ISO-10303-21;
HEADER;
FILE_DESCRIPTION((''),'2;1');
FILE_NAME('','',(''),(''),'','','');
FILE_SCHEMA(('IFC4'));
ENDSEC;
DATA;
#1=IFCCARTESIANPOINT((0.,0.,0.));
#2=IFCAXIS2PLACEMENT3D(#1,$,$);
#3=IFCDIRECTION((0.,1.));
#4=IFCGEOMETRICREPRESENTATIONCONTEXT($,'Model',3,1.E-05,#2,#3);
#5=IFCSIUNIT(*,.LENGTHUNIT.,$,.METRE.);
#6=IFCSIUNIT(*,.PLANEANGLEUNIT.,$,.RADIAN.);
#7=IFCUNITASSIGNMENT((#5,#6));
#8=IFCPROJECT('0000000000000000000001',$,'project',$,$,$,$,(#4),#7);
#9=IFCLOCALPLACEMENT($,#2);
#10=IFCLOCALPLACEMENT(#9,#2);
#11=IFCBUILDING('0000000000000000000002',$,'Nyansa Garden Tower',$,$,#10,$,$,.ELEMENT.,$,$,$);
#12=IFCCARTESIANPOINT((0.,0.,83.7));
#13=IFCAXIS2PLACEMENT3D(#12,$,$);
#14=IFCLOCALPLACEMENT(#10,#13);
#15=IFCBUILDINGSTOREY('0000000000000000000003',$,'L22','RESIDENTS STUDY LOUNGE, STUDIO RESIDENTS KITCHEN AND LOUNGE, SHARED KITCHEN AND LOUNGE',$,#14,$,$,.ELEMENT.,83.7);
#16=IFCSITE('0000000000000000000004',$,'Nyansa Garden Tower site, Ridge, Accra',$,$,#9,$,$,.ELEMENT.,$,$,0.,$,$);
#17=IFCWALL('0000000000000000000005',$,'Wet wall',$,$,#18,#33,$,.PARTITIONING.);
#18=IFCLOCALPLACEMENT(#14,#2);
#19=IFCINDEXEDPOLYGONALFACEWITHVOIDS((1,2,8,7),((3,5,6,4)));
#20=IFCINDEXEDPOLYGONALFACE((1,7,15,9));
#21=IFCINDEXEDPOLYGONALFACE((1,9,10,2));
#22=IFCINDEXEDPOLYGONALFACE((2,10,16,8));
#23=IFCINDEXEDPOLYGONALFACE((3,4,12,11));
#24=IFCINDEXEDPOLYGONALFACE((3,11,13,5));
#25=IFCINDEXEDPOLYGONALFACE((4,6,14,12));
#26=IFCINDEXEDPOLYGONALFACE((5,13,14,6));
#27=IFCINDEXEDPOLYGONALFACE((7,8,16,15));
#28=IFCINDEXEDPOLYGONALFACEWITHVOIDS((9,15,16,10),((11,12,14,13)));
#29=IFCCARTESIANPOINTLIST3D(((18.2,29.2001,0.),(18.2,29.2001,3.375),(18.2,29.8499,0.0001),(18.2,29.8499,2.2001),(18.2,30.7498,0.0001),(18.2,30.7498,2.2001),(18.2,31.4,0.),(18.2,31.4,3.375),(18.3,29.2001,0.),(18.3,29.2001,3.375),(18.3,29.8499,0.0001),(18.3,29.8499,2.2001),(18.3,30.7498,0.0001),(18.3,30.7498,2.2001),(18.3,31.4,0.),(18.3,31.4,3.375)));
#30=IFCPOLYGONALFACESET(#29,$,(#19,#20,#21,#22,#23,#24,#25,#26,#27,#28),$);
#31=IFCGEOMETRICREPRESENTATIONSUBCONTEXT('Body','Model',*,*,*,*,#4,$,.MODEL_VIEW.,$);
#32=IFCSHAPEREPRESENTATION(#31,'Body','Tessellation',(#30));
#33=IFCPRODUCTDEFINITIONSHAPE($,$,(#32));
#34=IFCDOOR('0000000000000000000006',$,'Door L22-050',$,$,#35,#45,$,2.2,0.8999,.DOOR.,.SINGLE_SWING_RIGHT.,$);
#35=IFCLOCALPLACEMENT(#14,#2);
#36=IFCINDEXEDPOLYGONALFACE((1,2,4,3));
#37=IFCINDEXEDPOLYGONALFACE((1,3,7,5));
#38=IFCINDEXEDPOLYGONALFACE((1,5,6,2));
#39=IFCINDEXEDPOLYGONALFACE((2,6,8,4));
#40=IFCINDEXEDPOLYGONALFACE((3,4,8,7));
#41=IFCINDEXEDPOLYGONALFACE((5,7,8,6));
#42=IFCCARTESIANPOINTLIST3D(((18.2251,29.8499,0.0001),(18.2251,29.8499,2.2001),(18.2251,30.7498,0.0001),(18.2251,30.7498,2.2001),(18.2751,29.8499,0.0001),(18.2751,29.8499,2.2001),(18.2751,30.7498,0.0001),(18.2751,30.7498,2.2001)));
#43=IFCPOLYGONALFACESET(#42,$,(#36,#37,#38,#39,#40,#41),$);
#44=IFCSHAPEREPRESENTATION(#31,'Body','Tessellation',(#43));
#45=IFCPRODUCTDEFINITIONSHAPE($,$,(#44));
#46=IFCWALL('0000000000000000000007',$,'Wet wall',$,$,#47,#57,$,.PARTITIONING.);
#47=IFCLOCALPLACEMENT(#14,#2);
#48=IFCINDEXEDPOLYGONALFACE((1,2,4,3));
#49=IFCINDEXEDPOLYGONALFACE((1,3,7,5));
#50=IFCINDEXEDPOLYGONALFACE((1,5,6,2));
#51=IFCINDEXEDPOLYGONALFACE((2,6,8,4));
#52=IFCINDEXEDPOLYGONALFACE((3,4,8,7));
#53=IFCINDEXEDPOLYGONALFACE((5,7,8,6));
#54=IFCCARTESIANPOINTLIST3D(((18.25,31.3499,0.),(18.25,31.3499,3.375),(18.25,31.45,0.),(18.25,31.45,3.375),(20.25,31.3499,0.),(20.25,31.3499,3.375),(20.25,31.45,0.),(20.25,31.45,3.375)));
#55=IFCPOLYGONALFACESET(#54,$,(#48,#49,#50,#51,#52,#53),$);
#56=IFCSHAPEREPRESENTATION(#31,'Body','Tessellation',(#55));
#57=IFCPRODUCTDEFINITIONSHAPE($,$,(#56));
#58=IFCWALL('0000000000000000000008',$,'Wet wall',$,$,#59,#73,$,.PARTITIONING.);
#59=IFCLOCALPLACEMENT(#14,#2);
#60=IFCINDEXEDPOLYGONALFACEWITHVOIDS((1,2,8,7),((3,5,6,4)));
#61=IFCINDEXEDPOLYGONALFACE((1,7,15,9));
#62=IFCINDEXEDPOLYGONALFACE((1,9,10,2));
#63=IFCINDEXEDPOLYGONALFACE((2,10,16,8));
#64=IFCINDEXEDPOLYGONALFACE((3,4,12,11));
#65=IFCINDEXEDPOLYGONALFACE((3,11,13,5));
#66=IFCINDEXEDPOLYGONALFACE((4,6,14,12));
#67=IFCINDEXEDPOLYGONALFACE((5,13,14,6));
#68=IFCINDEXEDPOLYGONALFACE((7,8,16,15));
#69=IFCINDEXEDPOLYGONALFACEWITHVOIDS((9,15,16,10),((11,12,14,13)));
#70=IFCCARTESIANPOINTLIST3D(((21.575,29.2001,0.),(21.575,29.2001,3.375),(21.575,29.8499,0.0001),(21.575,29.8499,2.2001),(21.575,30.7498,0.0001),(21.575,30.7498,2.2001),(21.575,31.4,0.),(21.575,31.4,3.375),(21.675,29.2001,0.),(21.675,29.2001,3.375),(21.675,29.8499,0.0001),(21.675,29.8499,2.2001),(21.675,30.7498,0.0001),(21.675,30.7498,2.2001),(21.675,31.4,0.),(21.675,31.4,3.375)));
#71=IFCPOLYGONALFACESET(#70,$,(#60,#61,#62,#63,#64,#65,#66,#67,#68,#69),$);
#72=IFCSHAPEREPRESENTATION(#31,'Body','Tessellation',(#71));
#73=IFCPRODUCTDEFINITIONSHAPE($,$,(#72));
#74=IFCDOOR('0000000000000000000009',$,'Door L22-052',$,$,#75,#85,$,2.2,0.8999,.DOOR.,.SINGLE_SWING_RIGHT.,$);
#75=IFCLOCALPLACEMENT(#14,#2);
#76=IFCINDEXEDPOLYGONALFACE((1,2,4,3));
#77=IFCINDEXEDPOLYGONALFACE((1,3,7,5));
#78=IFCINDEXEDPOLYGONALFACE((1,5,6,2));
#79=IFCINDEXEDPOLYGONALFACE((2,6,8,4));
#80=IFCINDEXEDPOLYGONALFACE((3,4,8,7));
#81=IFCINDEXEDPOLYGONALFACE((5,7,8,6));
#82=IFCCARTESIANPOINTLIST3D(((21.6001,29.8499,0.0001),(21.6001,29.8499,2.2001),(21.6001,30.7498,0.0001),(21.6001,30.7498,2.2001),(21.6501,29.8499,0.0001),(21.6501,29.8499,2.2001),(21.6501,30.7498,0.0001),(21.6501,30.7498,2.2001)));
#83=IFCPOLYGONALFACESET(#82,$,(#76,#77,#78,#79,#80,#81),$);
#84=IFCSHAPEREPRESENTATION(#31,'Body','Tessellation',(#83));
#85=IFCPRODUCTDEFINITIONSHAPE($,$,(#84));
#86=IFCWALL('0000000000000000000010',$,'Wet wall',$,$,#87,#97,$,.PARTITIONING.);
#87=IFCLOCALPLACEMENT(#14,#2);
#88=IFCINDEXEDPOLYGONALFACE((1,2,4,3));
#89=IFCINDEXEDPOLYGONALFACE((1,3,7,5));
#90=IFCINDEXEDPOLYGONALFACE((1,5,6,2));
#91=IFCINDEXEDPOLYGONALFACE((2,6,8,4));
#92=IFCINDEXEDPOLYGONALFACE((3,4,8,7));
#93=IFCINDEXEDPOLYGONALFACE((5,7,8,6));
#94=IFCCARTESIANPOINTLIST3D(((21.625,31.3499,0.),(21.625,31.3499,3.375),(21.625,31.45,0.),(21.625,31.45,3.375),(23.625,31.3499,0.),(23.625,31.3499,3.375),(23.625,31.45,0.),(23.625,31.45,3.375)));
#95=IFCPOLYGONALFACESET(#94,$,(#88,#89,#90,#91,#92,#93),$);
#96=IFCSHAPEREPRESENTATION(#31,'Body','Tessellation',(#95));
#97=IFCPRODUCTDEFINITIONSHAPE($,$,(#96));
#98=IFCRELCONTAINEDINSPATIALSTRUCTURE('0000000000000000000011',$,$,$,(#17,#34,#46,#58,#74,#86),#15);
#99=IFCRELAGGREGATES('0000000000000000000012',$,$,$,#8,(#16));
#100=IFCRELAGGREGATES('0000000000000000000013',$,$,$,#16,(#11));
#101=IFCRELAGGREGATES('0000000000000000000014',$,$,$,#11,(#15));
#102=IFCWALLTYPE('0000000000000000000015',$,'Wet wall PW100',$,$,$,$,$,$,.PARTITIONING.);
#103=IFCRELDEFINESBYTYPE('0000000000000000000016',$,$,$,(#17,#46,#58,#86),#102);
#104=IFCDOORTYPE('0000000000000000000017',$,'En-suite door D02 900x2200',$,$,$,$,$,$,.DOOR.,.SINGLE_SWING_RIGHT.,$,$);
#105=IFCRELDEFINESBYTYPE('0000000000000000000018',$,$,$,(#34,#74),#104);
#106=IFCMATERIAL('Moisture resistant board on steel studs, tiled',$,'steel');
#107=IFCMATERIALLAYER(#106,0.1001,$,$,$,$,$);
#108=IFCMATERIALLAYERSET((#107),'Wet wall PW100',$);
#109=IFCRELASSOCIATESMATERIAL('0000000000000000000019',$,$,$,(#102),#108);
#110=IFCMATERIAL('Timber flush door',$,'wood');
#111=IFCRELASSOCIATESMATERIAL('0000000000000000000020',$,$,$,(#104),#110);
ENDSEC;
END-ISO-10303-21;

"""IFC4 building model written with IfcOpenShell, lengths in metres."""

from ifc_helpers import new_model, si_unit, direction, frame, frame_2d, origin, place, context, subcontext, project, spatial, rectangle, extrude, material, layer, layer_set, type_object, element, fill, save


model = new_model("IFC4")

# Units and contexts
model_context = context("Model", 3, precision=1e-05, world=origin(), true_north=direction((0.0, 1.0)))
body_context = subcontext(model_context, "Body", "Model", "MODEL_VIEW")
ifc_project = project(units=[si_unit("LENGTHUNIT", "METRE"), si_unit("PLANEANGLEUNIT", "RADIAN")], contexts=[model_context])

# Site, building, storey
site_placement = place(None, origin())
site = spatial("IfcSite", under=ifc_project, at=site_placement, Name="Nyansa Garden Tower site, Ridge, Accra", CompositionType="ELEMENT", RefElevation=0.0)
building_placement = place(site_placement, origin())
building = spatial("IfcBuilding", under=site, at=building_placement, Name="Nyansa Garden Tower", CompositionType="ELEMENT")
storey_placement = place(building_placement, frame((0.0, 0.0, 83.7)))
storey = spatial("IfcBuildingStorey", under=building, at=storey_placement, Name="L22", Description="RESIDENTS STUDY LOUNGE, STUDIO RESIDENTS KITCHEN AND LOUNGE, SHARED KITCHEN AND LOUNGE", CompositionType="ELEMENT", Elevation=83.7)

# Wall, opening, door
ifc_material_1 = material(Name="Moisture resistant board on steel studs, tiled", Category="steel")
ifc_layer_1 = layer(ifc_material_1, 0.1001)
ifc_layer_set_1 = layer_set([ifc_layer_1], Name="Wet wall PW100")
wall_type_1 = type_object("IfcWallType", Name="Wet wall PW100", PredefinedType="PARTITIONING", material=ifc_layer_set_1)
wall_1_placement = place(storey_placement, frame((18.25, 29.2, 0.0), z_axis=(0.0, 0.0, 1.0), x_axis=(0.0, 1.0, 0.0)))
wall_1 = element("IfcWall", 1, at=wall_1_placement, inside=storey, type_object=wall_type_1, Name="Wet wall", PredefinedType="PARTITIONING", context=body_context, shape_type="SweptSolid", body=[
    extrude(rectangle(XDim=2.2, YDim=0.1001, at=frame_2d((1.1001, 0.0))), origin(), (0.0, 0.0, 1.0), 3.375),
])
opening_1_placement = place(wall_1_placement, frame((0.6499, 0.0, 0.0)))
opening_1 = element("IfcOpeningElement", 2, at=opening_1_placement, cuts=wall_1, PredefinedType="OPENING", context=body_context, shape_type="SweptSolid", body=[
    extrude(rectangle(XDim=0.8999, YDim=2.2, at=frame_2d((0.45, 1.1001))), frame((0.0, 0.0601, 0.0), z_axis=(0.0, -1.0, 0.0), x_axis=(1.0, 0.0, 0.0)), (0.0, 0.0, 1.0), 0.1201),
])
ifc_material_2 = material(Name="Timber flush door", Category="wood")
door_type_1 = type_object("IfcDoorType", Name="En-suite door D02 900x2200", OperationType="SINGLE_SWING_RIGHT", PredefinedType="DOOR", material=ifc_material_2)
door_1_placement = place(opening_1_placement, origin())
door_1 = element("IfcDoor", 3, at=door_1_placement, inside=storey, type_object=door_type_1, Name="Door L22-050", OperationType="SINGLE_SWING_RIGHT", OverallHeight=2.2, OverallWidth=0.8999, PredefinedType="DOOR", context=body_context, shape_type="SweptSolid", body=[
    extrude(rectangle(XDim=0.8999, YDim=2.2, at=frame_2d((0.45, 1.1001))), frame((0.0, 0.0249, 0.0), z_axis=(0.0, -1.0, 0.0), x_axis=(1.0, 0.0, 0.0)), (0.0, 0.0, 1.0), 0.05),
])
fill(opening_1, door_1)

# Wall
wall_2_placement = place(storey_placement, frame((18.25, 31.3999, 0.0), z_axis=(0.0, 0.0, 1.0), x_axis=(1.0, 0.0, 0.0)))
element("IfcWall", 4, at=wall_2_placement, inside=storey, type_object=wall_type_1, Name="Wet wall", PredefinedType="PARTITIONING", context=body_context, shape_type="SweptSolid", body=[
    extrude(rectangle(XDim=2.0, YDim=0.1001, at=frame_2d((1.0, 0.0))), origin(), (0.0, 0.0, 1.0), 3.375),
])

# Wall, opening, door
wall_3_placement = place(storey_placement, frame((21.625, 29.2, 0.0), z_axis=(0.0, 0.0, 1.0), x_axis=(0.0, 1.0, 0.0)))
wall_3 = element("IfcWall", 5, at=wall_3_placement, inside=storey, type_object=wall_type_1, Name="Wet wall", PredefinedType="PARTITIONING", context=body_context, shape_type="SweptSolid", body=[
    extrude(rectangle(XDim=2.2, YDim=0.1001, at=frame_2d((1.1001, 0.0))), origin(), (0.0, 0.0, 1.0), 3.375),
])
opening_2_placement = place(wall_3_placement, frame((0.6499, 0.0, 0.0)))
opening_2 = element("IfcOpeningElement", 6, at=opening_2_placement, cuts=wall_3, PredefinedType="OPENING", context=body_context, shape_type="SweptSolid", body=[
    extrude(rectangle(XDim=0.8999, YDim=2.2, at=frame_2d((0.45, 1.1001))), frame((0.0, 0.0601, 0.0), z_axis=(0.0, -1.0, 0.0), x_axis=(1.0, 0.0, 0.0)), (0.0, 0.0, 1.0), 0.1201),
])
door_2_placement = place(opening_2_placement, origin())
door_2 = element("IfcDoor", 7, at=door_2_placement, inside=storey, type_object=door_type_1, Name="Door L22-052", OperationType="SINGLE_SWING_RIGHT", OverallHeight=2.2, OverallWidth=0.8999, PredefinedType="DOOR", context=body_context, shape_type="SweptSolid", body=[
    extrude(rectangle(XDim=0.8999, YDim=2.2, at=frame_2d((0.45, 1.1001))), frame((0.0, 0.0249, 0.0), z_axis=(0.0, -1.0, 0.0), x_axis=(1.0, 0.0, 0.0)), (0.0, 0.0, 1.0), 0.05),
])
fill(opening_2, door_2)

# Wall
wall_4_placement = place(storey_placement, frame((21.625, 31.3999, 0.0), z_axis=(0.0, 0.0, 1.0), x_axis=(1.0, 0.0, 0.0)))
element("IfcWall", 8, at=wall_4_placement, inside=storey, type_object=wall_type_1, Name="Wet wall", PredefinedType="PARTITIONING", context=body_context, shape_type="SweptSolid", body=[
    extrude(rectangle(XDim=2.0, YDim=0.1001, at=frame_2d((1.0, 0.0))), origin(), (0.0, 0.0, 1.0), 3.375),
])

save(model, "model.ifc")
